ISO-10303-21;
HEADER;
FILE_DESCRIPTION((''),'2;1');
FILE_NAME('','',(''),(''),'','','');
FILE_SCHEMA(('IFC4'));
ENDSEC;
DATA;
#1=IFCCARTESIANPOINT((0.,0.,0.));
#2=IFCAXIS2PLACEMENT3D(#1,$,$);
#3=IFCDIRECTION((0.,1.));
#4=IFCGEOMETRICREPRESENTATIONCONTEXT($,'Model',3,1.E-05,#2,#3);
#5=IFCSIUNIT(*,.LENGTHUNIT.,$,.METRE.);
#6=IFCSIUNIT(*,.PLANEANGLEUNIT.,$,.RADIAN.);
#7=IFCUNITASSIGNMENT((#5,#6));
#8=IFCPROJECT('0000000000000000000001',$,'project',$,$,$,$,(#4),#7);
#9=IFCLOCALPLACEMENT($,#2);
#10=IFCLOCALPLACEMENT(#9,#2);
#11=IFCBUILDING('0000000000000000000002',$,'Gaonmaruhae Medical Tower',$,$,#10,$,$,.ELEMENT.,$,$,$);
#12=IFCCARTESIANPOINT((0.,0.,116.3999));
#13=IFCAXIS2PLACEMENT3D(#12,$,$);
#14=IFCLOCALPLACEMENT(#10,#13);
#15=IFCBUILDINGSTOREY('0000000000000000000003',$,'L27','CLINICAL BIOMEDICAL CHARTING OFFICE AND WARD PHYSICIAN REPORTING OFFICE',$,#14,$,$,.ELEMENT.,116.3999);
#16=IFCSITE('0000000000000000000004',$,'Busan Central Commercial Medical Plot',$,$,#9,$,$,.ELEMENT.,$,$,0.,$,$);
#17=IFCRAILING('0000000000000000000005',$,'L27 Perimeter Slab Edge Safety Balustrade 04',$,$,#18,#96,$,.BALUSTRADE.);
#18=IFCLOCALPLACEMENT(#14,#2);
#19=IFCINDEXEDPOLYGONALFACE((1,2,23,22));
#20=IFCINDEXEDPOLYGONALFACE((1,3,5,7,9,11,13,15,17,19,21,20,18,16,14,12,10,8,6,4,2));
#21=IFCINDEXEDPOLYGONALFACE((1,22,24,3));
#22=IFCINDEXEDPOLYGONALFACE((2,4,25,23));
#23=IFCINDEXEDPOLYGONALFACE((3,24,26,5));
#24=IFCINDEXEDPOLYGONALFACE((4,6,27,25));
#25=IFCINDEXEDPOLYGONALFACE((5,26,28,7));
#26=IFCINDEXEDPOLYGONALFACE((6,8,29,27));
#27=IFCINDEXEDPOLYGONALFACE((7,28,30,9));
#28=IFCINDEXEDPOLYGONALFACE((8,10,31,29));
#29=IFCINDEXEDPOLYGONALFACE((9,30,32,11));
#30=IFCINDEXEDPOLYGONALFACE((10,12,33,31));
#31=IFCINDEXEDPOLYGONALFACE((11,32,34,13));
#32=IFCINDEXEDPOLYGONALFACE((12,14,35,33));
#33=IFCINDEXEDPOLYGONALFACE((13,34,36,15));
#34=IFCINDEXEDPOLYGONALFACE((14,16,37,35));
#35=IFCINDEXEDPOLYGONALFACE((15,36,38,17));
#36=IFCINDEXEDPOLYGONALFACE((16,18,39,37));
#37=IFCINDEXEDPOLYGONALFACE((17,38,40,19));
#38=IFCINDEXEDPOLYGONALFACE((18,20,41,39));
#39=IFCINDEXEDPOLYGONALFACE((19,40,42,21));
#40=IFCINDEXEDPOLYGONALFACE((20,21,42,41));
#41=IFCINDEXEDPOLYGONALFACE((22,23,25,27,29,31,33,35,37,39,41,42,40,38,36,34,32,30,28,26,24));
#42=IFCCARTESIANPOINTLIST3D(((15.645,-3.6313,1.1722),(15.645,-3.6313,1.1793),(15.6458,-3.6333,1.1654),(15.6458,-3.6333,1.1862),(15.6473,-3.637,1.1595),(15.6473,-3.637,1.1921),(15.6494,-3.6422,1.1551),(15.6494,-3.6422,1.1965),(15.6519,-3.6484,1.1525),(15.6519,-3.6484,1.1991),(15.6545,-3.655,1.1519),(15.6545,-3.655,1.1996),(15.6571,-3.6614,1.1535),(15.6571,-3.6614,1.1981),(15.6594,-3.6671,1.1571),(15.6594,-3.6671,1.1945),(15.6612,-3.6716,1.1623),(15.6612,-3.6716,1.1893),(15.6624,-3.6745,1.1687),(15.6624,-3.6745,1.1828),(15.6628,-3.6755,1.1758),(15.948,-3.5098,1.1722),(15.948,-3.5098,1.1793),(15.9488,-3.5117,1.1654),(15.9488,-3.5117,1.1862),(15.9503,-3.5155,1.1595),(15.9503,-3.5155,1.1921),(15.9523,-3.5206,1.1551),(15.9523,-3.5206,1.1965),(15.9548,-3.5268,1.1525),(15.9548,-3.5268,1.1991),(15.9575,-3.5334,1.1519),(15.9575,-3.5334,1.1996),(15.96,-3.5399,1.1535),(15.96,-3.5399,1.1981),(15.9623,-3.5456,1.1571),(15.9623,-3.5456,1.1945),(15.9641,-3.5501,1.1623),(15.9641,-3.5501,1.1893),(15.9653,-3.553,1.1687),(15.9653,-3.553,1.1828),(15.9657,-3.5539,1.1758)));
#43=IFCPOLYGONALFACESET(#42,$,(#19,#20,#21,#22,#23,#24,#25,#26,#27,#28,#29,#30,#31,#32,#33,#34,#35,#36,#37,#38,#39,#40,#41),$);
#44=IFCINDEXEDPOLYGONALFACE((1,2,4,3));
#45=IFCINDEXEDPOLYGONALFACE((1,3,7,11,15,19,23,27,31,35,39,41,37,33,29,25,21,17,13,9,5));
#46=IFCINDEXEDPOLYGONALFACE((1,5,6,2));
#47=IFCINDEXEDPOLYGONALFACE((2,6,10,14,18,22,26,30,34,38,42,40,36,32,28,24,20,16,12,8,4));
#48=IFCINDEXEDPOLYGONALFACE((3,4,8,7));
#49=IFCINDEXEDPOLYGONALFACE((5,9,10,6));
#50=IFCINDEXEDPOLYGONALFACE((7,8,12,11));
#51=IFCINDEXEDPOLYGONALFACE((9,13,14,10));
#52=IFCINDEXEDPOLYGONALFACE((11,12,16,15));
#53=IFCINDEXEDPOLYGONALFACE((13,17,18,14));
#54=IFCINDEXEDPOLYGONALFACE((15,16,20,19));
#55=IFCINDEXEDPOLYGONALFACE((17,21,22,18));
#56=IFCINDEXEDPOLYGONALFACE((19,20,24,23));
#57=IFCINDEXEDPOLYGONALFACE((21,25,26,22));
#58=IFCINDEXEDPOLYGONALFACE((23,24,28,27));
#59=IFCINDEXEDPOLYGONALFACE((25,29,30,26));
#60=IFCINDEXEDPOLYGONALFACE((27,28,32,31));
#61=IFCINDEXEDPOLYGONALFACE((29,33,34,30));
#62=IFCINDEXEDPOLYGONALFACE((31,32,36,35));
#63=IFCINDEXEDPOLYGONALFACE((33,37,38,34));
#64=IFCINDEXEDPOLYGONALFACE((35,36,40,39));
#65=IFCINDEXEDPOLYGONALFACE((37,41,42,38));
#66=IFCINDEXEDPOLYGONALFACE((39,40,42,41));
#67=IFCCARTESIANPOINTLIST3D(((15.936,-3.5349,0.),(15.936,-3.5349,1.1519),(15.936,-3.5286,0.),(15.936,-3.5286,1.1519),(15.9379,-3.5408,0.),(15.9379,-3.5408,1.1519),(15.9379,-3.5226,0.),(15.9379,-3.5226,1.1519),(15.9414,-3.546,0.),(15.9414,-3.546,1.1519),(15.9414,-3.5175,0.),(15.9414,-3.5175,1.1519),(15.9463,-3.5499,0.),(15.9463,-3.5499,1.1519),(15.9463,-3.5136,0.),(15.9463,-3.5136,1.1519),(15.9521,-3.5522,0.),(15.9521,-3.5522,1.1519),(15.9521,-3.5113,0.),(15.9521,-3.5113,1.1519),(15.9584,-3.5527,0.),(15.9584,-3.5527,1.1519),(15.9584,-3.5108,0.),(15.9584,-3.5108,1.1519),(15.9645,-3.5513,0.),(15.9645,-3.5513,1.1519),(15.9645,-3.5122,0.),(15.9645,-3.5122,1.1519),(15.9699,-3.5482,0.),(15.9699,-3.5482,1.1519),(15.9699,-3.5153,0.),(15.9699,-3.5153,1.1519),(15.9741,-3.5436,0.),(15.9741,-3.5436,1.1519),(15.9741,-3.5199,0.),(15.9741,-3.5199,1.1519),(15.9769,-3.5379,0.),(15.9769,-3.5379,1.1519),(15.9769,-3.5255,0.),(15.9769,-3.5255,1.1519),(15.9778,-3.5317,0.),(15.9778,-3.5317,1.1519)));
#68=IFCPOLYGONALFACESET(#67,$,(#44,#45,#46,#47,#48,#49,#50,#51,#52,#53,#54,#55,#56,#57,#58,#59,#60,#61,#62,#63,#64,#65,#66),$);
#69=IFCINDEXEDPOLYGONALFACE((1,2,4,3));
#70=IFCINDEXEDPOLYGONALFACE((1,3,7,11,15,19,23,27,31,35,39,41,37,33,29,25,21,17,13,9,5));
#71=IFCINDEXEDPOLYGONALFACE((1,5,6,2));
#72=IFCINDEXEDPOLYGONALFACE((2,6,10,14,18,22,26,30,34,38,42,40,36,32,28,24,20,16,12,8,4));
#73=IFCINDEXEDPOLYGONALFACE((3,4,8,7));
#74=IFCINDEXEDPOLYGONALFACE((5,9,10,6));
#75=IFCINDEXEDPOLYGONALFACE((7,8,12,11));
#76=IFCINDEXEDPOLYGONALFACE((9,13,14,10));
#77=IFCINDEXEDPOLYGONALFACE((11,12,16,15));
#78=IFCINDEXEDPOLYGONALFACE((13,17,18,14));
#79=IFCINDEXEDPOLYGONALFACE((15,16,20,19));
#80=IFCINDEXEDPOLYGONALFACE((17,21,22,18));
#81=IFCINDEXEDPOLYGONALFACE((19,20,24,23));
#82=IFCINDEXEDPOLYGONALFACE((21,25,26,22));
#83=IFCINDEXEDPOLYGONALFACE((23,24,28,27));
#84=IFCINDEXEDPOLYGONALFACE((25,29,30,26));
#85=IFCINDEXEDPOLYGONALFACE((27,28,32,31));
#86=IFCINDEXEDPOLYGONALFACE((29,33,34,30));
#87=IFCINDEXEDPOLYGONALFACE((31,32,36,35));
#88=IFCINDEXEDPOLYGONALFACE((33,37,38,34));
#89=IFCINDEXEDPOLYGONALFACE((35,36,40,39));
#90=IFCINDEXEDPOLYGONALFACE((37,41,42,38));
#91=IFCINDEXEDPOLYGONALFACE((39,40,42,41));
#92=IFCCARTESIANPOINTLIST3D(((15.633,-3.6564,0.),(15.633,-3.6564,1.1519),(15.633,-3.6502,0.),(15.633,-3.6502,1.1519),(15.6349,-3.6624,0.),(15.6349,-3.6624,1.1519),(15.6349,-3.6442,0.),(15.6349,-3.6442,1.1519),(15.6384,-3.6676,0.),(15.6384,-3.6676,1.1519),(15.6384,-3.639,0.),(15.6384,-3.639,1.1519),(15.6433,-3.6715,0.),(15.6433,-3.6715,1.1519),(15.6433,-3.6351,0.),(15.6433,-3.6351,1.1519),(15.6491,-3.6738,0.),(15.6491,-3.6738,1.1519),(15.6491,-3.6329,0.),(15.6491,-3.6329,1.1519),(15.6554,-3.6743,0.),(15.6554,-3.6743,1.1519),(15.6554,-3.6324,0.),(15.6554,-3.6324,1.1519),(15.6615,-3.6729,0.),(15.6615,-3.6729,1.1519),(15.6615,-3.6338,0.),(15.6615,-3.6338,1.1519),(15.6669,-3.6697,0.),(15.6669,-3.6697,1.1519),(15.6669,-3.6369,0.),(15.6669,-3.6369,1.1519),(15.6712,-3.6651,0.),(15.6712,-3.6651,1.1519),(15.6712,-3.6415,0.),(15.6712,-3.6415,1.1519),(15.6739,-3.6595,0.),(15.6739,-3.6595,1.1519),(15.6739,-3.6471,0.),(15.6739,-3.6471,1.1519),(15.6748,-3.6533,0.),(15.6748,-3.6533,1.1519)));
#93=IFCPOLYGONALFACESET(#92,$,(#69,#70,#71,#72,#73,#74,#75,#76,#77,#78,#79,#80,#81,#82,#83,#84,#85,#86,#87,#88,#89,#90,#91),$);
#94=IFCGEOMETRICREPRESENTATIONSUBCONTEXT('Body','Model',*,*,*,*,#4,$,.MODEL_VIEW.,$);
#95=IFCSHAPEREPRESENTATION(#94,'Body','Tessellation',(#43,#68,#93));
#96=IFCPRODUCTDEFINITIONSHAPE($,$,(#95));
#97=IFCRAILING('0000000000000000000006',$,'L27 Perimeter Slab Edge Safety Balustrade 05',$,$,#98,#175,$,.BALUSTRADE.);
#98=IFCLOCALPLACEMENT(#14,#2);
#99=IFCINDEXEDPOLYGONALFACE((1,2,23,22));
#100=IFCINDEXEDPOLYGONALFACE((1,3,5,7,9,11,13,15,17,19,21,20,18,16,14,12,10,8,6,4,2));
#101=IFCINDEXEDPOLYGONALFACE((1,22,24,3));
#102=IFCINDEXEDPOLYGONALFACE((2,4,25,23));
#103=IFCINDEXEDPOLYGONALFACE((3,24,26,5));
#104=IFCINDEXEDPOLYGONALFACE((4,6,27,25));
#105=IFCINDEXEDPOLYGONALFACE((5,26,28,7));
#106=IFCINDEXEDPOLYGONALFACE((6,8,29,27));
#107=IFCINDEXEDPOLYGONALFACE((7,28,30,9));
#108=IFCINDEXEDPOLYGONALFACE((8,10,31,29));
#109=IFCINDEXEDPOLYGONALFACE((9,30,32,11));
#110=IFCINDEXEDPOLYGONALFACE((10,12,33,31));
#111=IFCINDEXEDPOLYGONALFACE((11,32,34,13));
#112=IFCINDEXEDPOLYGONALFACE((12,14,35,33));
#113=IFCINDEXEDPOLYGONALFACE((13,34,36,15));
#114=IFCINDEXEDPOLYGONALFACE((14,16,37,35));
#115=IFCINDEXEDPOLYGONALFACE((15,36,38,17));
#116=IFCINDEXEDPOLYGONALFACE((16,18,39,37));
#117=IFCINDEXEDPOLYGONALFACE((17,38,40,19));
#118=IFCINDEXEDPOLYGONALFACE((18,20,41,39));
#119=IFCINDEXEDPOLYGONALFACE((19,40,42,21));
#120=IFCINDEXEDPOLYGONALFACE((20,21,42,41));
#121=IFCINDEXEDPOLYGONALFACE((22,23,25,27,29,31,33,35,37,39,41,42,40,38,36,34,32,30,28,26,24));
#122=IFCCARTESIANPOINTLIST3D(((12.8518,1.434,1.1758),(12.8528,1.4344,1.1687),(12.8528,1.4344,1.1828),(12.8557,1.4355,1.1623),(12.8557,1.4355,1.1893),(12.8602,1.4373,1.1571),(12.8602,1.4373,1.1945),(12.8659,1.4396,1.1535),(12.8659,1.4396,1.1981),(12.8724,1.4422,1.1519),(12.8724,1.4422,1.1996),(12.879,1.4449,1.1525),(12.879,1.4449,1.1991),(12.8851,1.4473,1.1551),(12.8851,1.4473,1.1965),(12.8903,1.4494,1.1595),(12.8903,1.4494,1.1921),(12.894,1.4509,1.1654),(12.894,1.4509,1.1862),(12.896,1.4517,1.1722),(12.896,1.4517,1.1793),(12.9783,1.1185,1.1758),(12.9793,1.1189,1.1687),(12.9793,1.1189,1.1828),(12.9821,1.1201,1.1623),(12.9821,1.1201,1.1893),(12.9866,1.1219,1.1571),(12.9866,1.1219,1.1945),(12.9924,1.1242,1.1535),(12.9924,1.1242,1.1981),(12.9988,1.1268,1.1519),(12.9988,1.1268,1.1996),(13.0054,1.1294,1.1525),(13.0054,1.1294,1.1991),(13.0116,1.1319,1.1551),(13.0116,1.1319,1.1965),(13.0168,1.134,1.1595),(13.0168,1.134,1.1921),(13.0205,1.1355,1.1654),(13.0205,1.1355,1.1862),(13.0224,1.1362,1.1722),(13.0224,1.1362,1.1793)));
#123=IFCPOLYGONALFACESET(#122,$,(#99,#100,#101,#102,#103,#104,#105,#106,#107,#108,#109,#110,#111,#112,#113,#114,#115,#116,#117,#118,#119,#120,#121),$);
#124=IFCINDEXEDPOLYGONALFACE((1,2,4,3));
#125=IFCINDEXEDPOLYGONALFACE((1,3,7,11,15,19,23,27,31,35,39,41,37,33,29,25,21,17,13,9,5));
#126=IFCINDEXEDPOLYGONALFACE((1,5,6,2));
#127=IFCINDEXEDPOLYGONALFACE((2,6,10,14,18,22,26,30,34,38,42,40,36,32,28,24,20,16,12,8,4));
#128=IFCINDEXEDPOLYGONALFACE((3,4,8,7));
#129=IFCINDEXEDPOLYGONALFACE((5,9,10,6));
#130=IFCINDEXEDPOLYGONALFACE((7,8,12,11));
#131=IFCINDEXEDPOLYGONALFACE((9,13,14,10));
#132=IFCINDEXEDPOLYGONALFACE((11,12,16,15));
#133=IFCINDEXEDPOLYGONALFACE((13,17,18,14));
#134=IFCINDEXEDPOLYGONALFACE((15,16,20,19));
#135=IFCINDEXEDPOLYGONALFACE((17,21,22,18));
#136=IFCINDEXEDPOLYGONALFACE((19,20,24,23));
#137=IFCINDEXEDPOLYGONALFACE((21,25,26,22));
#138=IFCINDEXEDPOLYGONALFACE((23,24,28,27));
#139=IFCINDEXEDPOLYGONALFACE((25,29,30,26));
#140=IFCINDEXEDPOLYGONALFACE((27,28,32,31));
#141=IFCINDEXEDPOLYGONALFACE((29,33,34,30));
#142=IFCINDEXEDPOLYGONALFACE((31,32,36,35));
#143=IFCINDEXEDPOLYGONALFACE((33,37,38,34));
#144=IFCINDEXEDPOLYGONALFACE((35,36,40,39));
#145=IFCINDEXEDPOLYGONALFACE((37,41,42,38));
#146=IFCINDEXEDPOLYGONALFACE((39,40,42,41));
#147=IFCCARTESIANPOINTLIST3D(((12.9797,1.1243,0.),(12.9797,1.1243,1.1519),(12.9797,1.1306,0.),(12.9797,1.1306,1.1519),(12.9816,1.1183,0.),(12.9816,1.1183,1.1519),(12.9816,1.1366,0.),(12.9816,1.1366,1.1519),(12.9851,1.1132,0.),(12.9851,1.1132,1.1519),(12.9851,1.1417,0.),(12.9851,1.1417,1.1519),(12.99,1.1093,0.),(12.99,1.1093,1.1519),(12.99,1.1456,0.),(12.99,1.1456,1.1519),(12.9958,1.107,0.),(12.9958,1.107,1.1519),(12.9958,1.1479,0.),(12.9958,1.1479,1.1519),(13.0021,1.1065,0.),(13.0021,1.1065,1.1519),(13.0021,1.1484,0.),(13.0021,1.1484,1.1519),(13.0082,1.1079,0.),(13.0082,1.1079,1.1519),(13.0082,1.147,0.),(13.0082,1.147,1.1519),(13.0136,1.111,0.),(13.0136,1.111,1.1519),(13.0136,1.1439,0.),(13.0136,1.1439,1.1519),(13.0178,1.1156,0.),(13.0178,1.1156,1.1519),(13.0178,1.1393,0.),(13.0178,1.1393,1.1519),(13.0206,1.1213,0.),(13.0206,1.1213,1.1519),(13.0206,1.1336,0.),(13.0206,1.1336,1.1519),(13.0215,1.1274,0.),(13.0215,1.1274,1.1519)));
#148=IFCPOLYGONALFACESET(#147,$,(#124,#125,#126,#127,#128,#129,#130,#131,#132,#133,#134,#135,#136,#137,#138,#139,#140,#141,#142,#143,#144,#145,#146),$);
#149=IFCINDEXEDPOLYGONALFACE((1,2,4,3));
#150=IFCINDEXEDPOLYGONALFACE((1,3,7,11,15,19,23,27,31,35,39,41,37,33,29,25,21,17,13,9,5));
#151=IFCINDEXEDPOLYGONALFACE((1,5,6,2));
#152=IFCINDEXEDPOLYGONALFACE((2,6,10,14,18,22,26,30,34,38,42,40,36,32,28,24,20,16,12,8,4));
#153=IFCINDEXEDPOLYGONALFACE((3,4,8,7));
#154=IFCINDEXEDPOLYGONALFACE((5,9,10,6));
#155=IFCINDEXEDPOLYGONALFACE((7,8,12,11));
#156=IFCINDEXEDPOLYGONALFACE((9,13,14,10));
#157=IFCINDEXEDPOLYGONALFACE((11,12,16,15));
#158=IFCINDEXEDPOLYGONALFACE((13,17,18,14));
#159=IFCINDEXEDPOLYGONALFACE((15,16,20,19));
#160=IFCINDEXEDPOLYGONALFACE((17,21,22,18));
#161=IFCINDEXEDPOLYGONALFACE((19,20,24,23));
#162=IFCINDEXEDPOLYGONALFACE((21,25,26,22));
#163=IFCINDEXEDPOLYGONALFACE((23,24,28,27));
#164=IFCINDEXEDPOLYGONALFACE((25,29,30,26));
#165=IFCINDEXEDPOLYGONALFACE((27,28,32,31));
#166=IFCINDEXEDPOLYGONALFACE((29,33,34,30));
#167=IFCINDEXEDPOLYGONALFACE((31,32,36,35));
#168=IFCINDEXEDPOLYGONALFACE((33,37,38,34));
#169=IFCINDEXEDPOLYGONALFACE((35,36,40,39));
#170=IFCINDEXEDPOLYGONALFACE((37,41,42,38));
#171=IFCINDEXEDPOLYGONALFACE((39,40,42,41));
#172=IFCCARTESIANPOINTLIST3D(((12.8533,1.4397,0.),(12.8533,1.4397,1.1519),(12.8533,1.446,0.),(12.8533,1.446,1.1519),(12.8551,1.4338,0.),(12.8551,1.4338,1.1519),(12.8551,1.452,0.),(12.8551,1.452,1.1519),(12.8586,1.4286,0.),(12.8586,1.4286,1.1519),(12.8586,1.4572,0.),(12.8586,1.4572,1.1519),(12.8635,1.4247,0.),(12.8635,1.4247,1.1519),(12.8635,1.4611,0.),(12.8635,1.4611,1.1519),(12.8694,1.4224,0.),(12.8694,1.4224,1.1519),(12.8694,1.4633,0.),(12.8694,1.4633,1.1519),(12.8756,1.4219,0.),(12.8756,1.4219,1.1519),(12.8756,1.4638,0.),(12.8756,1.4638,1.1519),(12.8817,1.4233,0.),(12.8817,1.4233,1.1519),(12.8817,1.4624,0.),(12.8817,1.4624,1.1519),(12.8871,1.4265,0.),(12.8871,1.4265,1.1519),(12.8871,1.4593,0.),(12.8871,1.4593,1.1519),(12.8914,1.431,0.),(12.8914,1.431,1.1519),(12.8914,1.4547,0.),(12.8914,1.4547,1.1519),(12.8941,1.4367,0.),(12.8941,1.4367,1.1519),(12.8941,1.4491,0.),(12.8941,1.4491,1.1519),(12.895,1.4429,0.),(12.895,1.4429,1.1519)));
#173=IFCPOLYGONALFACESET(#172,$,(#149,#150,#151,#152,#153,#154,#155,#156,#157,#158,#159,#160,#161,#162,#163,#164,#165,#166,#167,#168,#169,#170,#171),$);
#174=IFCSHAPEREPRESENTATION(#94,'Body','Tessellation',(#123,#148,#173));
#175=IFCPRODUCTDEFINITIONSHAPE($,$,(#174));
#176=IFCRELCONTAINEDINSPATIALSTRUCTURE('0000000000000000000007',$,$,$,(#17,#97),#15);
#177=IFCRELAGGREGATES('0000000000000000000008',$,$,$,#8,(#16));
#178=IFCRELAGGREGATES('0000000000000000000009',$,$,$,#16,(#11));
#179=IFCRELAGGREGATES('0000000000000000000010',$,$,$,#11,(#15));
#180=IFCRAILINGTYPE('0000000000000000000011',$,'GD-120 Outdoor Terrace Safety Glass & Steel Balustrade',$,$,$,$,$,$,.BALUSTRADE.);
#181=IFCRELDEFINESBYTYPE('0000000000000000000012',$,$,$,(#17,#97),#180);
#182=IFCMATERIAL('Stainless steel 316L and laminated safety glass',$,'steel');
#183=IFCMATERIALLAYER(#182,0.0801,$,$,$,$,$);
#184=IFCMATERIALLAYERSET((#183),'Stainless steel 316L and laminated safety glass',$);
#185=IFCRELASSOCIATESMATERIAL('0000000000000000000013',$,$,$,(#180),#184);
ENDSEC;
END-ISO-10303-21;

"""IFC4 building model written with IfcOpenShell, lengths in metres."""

from ifc_helpers import new_model, si_unit, direction, frame, origin, origin_2d, place, context, subcontext, project, spatial, circle, extrude, material, layer, layer_set, type_object, element, save


model = new_model("IFC4")

# Units and contexts
model_context = context("Model", 3, precision=1e-05, world=origin(), true_north=direction((0.0, 1.0)))
body_context = subcontext(model_context, "Body", "Model", "MODEL_VIEW")
ifc_project = project(units=[si_unit("LENGTHUNIT", "METRE"), si_unit("PLANEANGLEUNIT", "RADIAN")], contexts=[model_context])

# Site, building, storey
site_placement = place(None, origin())
site = spatial("IfcSite", under=ifc_project, at=site_placement, Name="Busan Central Commercial Medical Plot", CompositionType="ELEMENT", RefElevation=0.0)
building_placement = place(site_placement, origin())
building = spatial("IfcBuilding", under=site, at=building_placement, Name="Gaonmaruhae Medical Tower", CompositionType="ELEMENT")
storey_placement = place(building_placement, frame((0.0, 0.0, 116.3999)))
storey = spatial("IfcBuildingStorey", under=building, at=storey_placement, Name="L27", Description="CLINICAL BIOMEDICAL CHARTING OFFICE AND WARD PHYSICIAN REPORTING OFFICE", CompositionType="ELEMENT", Elevation=116.3999)

# Railings
ifc_material_1 = material(Name="Stainless steel 316L and laminated safety glass", Category="steel")
ifc_layer_1 = layer(ifc_material_1, 0.0801)
ifc_layer_set_1 = layer_set([ifc_layer_1], Name="Stainless steel 316L and laminated safety glass")
railing_type = type_object("IfcRailingType", Name="GD-120 Outdoor Terrace Safety Glass & Steel Balustrade", PredefinedType="BALUSTRADE", material=ifc_layer_set_1)
railing_1_placement = place(storey_placement, frame((15.9568, -3.5317, 0.0)))
element("IfcRailing", 1, at=railing_1_placement, inside=storey, type_object=railing_type, Name="L27 Perimeter Slab Edge Safety Balustrade 04", PredefinedType="BALUSTRADE", context=body_context, shape_type="SweptSolid", body=[
    extrude(circle(Radius=0.0239, at=origin_2d()), frame((0.0, 0.0, 1.1758), z_axis=(-0.928064, -0.372422, 0.0), x_axis=(0.372422, -0.928064, 0.0)), (0.0, 0.0, 1.0), 0.3264),
    extrude(circle(Radius=0.021, at=origin_2d()), origin(), (0.0, 0.0, 1.0), 1.1519),
    extrude(circle(Radius=0.021, at=origin_2d()), frame((-0.303, -0.1216, 0.0)), (0.0, 0.0, 1.0), 1.1519),
])
for number, where, name in (
    (2, (13.0005, 1.1274, 0.0), "L27 Perimeter Slab Edge Safety Balustrade 05"),
):
    element("IfcRailing", number, at=place(storey_placement, frame(where)), inside=storey, type_object=railing_type, Name=name, PredefinedType="BALUSTRADE", context=body_context, shape_type="SweptSolid", body=[
        extrude(circle(Radius=0.0239, at=origin_2d()), frame((0.0, 0.0, 1.1758), z_axis=(-0.372134, 0.928179, 0.0), x_axis=(-0.928179, -0.372134, 0.0)), (0.0, 0.0, 1.0), 0.3398),
        extrude(circle(Radius=0.021, at=origin_2d()), origin(), (0.0, 0.0, 1.0), 1.1519),
        extrude(circle(Radius=0.021, at=origin_2d()), frame((-0.1265, 0.3154, 0.0)), (0.0, 0.0, 1.0), 1.1519),
    ])

save(model, "model.ifc")
